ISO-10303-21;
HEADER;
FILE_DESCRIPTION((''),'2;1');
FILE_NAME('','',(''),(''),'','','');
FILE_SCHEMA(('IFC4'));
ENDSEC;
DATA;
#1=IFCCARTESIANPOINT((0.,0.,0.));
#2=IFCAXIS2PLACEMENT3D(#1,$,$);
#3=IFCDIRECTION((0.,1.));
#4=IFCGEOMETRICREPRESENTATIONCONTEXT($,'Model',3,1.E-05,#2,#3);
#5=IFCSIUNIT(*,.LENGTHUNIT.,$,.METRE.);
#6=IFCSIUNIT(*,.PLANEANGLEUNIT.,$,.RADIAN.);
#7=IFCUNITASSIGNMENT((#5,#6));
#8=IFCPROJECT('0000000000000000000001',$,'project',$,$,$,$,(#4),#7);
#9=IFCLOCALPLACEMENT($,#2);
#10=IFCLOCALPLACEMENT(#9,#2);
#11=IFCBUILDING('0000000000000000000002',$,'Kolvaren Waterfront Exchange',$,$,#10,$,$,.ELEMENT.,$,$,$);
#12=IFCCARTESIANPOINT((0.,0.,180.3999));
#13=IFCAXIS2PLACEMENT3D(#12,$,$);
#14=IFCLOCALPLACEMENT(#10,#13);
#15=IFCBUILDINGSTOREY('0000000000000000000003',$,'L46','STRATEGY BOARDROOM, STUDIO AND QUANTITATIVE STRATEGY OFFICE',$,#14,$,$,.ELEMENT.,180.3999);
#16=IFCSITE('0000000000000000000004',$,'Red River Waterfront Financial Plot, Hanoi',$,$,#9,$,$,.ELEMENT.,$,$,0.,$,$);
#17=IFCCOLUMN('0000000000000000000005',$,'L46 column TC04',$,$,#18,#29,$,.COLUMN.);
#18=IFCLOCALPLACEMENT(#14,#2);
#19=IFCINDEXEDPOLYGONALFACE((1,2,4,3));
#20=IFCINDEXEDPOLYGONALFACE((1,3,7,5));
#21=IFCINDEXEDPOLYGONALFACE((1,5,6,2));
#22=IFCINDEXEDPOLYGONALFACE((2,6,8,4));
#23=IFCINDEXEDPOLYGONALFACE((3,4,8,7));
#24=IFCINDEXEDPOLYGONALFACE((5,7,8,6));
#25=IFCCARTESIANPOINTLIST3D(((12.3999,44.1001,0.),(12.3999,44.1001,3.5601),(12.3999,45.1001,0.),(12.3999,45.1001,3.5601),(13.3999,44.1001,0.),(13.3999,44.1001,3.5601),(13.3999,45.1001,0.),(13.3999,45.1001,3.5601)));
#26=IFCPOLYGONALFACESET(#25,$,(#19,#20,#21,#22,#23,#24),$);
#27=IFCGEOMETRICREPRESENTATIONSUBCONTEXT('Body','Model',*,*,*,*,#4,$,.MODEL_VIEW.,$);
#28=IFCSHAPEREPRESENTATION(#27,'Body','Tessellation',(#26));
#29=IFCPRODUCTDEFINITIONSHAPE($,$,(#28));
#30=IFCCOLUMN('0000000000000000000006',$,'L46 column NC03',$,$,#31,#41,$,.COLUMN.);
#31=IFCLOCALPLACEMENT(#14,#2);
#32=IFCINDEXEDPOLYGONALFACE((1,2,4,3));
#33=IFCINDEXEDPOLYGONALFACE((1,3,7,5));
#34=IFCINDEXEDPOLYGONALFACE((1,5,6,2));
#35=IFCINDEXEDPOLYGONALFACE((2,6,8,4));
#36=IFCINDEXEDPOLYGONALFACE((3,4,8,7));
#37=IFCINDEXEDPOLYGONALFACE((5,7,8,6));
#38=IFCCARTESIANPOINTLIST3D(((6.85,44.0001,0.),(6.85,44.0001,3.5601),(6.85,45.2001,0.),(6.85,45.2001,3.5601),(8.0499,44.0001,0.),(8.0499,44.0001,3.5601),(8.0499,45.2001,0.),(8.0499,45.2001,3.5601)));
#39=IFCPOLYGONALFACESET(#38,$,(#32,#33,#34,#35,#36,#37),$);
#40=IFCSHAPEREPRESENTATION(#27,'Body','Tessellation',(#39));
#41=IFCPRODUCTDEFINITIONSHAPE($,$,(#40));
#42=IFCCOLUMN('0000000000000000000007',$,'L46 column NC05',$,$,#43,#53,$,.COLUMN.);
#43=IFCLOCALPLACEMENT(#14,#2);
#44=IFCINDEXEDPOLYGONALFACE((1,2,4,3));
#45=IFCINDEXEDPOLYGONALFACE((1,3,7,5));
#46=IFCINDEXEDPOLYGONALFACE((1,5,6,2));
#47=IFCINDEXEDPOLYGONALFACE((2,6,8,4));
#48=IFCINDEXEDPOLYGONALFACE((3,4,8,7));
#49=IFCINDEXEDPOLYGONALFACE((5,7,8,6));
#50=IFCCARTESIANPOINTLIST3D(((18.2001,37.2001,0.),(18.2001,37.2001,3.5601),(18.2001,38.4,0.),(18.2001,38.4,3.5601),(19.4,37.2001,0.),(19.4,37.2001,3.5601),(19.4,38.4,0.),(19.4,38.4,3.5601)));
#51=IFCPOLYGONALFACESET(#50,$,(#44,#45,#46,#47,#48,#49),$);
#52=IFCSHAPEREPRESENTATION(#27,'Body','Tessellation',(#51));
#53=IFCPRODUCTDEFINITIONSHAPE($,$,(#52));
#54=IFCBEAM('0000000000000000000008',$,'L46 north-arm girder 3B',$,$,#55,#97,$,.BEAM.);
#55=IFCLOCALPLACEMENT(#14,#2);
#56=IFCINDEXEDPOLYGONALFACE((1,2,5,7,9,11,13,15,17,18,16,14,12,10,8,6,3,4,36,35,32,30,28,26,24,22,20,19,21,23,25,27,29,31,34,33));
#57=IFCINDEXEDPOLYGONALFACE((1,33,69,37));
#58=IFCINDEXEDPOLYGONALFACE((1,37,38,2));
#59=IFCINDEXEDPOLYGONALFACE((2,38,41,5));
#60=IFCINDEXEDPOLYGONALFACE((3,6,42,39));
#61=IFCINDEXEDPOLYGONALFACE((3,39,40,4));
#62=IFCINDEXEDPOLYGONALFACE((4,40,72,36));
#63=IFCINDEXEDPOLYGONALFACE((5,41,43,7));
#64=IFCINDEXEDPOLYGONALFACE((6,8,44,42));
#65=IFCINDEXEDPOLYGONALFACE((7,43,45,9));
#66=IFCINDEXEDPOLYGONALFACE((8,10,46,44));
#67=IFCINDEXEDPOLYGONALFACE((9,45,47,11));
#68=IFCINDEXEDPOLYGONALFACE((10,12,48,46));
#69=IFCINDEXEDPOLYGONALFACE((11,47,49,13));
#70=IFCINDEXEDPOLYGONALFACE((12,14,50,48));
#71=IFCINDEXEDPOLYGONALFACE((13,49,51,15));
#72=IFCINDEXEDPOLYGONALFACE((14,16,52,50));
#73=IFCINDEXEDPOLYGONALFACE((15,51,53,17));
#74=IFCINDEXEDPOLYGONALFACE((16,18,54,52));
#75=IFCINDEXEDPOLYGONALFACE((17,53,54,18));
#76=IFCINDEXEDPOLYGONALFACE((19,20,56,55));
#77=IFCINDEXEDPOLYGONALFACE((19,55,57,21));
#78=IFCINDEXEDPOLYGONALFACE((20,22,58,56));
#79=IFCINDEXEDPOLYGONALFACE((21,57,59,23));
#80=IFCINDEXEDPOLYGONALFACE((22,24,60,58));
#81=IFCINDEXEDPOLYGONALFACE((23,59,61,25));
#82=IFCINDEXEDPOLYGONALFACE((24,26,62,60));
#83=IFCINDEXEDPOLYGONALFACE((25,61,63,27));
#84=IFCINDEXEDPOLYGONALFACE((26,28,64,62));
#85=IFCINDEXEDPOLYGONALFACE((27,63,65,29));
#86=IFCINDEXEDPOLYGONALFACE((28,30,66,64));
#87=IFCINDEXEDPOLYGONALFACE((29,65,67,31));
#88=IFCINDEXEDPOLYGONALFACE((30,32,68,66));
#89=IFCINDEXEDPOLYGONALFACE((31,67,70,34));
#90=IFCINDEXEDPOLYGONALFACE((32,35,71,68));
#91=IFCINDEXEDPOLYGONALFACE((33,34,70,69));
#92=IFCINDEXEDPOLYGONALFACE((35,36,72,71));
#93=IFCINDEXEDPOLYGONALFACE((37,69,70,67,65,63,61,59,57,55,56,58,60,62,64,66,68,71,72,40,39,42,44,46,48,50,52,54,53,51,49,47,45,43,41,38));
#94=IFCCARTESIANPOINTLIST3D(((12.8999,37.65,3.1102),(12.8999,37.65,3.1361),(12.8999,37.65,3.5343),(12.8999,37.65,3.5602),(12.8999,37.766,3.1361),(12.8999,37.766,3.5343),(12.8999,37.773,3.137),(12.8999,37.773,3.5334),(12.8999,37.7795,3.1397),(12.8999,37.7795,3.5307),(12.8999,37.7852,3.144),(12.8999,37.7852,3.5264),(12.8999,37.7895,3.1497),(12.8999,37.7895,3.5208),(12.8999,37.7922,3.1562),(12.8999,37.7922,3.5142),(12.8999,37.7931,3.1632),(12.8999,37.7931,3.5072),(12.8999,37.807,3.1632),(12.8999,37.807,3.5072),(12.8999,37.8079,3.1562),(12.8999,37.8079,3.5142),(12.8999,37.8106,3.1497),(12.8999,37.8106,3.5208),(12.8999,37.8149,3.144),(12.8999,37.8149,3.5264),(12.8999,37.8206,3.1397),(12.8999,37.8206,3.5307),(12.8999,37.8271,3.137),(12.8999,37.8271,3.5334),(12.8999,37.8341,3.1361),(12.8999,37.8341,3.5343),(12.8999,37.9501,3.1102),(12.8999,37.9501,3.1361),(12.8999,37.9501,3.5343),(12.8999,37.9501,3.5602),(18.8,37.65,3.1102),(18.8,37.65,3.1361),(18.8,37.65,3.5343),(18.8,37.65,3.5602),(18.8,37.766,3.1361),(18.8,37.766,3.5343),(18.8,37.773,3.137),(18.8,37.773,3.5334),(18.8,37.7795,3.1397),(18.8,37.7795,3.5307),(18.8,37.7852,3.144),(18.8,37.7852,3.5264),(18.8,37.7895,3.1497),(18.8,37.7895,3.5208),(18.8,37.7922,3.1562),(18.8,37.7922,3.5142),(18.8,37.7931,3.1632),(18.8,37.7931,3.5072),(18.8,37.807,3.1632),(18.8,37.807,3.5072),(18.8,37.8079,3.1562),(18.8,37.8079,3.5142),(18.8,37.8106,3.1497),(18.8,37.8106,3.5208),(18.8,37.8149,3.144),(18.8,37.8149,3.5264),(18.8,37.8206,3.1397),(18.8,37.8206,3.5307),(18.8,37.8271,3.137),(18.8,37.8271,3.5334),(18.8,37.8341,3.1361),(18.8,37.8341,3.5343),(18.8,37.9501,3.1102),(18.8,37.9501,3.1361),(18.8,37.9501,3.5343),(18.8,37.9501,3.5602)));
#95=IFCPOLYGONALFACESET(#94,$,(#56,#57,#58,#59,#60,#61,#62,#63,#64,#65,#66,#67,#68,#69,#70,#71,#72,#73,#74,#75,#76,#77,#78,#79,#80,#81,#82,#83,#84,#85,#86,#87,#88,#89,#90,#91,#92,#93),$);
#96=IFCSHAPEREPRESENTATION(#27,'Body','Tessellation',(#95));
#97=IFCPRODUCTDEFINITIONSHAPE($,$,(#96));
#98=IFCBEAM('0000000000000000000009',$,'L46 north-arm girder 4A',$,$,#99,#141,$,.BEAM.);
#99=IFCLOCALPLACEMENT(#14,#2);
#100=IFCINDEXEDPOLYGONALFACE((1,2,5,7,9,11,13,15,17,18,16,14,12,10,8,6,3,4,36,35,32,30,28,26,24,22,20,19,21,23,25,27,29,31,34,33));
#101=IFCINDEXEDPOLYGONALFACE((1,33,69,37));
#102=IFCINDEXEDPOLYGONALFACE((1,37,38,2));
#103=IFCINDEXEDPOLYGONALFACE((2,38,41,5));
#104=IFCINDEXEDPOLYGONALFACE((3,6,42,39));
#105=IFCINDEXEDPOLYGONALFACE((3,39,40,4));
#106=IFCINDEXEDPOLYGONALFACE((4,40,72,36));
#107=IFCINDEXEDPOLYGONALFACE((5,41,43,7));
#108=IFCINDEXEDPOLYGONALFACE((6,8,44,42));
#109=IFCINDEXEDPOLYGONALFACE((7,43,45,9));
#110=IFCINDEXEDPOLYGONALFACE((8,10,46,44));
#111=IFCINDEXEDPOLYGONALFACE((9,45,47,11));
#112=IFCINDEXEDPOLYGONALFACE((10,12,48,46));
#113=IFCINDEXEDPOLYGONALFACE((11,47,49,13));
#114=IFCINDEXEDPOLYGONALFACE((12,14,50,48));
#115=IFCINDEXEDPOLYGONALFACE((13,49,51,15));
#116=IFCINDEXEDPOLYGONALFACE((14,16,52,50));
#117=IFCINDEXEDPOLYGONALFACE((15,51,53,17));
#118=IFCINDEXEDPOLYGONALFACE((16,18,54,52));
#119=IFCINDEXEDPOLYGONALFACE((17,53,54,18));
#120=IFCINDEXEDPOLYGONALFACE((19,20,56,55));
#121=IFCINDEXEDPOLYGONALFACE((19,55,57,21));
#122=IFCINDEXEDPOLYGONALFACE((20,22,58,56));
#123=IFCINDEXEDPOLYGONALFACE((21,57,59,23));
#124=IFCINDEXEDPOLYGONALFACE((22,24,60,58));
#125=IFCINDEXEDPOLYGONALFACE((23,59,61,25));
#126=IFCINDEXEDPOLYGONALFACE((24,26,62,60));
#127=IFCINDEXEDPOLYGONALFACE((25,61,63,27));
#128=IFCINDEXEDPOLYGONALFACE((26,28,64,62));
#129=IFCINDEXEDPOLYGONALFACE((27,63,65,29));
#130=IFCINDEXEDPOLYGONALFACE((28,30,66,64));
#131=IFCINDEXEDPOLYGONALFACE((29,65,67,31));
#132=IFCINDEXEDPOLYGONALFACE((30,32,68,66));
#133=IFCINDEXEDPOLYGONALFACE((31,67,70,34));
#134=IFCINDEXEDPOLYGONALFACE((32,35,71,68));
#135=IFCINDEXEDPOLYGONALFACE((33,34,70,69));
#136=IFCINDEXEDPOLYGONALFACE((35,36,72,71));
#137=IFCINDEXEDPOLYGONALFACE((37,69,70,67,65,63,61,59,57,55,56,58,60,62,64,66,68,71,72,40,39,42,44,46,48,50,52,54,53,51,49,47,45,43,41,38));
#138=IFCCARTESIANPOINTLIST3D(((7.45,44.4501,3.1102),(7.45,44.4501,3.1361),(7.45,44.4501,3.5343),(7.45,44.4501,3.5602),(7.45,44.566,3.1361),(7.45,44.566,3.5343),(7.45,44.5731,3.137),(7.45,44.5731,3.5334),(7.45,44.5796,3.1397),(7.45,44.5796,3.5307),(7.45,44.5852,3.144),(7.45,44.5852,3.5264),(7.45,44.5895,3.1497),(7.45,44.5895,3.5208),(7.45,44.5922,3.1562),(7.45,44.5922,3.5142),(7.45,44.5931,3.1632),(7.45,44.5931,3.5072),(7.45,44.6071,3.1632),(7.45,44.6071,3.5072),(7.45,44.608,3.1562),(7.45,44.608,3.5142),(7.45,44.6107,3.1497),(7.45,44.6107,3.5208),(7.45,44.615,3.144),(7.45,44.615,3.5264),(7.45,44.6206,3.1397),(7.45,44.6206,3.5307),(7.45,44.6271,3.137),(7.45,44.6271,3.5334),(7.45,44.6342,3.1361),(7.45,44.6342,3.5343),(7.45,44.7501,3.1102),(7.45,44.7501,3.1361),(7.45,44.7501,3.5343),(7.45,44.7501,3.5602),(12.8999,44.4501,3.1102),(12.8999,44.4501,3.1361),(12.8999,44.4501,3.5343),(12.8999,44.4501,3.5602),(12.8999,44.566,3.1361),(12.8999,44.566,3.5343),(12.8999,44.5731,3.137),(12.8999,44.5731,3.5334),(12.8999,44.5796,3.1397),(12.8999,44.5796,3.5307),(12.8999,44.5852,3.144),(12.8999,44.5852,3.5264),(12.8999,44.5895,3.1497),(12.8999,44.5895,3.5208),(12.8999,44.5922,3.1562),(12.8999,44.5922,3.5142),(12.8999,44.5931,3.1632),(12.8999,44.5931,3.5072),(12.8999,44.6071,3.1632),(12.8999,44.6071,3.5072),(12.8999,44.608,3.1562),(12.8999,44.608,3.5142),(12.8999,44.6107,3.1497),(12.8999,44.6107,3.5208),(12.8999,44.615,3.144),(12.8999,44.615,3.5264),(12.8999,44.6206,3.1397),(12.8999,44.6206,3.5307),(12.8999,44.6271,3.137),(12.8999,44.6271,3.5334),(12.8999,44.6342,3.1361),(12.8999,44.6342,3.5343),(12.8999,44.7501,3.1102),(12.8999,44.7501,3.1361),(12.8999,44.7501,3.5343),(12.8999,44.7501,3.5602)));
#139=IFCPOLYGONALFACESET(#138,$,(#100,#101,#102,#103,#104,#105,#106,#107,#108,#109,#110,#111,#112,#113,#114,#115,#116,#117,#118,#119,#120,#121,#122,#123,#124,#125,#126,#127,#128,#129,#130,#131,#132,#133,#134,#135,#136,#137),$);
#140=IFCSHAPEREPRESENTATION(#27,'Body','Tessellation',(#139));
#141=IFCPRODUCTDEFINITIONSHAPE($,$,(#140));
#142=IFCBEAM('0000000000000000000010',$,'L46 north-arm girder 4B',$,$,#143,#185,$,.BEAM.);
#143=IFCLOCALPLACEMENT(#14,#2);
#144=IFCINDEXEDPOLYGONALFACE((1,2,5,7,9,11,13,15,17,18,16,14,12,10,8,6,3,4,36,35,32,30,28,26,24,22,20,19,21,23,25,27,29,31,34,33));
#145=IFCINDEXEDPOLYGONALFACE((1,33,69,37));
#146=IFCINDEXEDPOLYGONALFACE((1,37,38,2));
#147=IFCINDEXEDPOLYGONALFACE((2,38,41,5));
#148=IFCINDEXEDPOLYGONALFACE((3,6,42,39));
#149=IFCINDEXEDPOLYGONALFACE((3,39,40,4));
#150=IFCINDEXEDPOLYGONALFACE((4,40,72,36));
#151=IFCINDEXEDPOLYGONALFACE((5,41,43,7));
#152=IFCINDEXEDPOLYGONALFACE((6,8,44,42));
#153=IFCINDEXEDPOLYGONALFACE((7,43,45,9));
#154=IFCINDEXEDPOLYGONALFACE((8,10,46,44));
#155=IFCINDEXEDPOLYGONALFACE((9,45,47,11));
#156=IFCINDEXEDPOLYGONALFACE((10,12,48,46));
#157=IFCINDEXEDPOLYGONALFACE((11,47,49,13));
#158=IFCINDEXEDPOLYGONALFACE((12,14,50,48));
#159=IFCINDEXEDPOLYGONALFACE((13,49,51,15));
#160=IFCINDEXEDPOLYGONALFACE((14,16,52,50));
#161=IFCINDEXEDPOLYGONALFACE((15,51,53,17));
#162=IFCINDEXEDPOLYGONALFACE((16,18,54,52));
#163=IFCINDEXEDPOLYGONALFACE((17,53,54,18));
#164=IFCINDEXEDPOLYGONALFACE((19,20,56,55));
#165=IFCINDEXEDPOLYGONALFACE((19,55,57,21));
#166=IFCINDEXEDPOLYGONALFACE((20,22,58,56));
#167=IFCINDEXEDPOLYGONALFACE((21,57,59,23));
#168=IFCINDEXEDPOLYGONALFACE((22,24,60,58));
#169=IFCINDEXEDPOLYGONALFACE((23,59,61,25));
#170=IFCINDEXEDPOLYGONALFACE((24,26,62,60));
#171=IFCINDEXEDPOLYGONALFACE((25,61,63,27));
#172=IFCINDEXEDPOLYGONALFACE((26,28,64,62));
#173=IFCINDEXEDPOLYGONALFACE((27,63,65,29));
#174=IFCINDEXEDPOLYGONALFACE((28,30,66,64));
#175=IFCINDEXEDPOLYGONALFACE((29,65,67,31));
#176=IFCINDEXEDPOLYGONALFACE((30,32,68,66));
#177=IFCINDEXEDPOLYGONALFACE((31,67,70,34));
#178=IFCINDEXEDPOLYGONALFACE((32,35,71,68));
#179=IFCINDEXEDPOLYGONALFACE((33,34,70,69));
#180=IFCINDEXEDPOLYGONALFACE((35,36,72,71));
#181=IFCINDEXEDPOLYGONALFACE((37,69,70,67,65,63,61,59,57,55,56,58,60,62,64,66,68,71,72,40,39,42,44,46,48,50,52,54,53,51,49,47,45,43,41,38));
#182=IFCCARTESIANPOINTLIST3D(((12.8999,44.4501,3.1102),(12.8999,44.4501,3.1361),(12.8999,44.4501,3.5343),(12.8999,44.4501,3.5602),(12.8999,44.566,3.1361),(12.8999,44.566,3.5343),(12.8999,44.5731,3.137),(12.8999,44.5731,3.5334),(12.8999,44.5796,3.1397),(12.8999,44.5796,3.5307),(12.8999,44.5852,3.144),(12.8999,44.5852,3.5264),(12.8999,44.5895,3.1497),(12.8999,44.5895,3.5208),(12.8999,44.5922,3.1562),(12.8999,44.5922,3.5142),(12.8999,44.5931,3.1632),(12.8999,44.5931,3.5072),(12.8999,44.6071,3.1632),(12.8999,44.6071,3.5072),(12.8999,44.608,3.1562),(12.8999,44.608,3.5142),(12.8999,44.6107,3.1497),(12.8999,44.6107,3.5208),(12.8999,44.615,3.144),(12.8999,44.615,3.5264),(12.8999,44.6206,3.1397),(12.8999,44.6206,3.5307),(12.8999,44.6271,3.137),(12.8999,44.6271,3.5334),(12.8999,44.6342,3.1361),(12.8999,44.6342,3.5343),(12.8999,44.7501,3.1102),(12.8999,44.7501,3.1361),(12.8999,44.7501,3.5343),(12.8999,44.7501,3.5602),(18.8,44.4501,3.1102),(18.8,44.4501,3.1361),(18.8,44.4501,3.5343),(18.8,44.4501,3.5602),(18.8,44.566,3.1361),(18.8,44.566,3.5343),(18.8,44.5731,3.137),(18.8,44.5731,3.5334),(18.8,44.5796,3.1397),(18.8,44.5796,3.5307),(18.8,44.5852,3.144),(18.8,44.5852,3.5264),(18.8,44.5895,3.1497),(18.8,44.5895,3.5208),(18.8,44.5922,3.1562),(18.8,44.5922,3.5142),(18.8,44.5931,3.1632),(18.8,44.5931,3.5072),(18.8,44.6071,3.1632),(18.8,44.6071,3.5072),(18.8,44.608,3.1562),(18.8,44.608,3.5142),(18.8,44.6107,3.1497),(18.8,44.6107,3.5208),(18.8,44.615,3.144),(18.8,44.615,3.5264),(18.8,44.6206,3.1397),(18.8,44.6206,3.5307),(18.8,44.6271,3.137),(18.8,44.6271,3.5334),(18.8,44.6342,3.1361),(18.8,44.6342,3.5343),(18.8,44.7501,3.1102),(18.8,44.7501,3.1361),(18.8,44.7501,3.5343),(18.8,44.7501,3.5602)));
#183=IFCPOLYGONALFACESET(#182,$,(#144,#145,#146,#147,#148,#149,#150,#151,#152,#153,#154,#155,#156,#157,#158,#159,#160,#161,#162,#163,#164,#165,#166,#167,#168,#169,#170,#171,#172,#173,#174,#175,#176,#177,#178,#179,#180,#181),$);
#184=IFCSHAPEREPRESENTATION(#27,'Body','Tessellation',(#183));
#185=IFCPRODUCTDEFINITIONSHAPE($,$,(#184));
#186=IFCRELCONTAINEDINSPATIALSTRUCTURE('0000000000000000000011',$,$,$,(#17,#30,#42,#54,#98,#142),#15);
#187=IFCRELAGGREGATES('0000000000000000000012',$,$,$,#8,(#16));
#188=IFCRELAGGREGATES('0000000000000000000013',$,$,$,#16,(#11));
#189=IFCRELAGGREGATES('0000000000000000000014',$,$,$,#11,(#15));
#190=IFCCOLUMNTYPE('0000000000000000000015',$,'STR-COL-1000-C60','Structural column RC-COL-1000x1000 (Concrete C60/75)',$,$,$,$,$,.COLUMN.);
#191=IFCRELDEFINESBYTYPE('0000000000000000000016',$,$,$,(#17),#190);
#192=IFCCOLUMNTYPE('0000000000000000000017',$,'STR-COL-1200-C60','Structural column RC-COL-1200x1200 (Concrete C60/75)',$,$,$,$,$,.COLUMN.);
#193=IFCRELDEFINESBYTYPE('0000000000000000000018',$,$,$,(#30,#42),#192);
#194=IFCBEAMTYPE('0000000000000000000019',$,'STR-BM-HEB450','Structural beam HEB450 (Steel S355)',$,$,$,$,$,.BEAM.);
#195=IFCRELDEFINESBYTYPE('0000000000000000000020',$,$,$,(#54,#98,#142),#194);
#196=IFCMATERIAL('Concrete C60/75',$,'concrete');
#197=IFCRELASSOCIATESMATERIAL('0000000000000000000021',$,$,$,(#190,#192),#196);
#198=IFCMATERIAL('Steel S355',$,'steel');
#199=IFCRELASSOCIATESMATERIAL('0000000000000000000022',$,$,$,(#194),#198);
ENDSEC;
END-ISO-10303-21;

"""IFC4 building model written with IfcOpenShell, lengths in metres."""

from ifc_helpers import new_model, si_unit, direction, frame, origin, origin_2d, place, context, subcontext, project, spatial, rectangle, i_section, extrude, material, material_profile, profile_set, type_object, element, save


model = new_model("IFC4")

# Units and contexts
model_context = context("Model", 3, precision=1e-05, world=origin(), true_north=direction((0.0, 1.0)))
body_context = subcontext(model_context, "Body", "Model", "MODEL_VIEW")
ifc_project = project(units=[si_unit("LENGTHUNIT", "METRE"), si_unit("PLANEANGLEUNIT", "RADIAN")], contexts=[model_context])

# Site, building, storey
site_placement = place(None, origin())
site = spatial("IfcSite", under=ifc_project, at=site_placement, Name="Red River Waterfront Financial Plot, Hanoi", CompositionType="ELEMENT", RefElevation=0.0)
building_placement = place(site_placement, origin())
building = spatial("IfcBuilding", under=site, at=building_placement, Name="Kolvaren Waterfront Exchange", CompositionType="ELEMENT")
storey_placement = place(building_placement, frame((0.0, 0.0, 180.3999)))
storey = spatial("IfcBuildingStorey", under=building, at=storey_placement, Name="L46", Description="STRATEGY BOARDROOM, STUDIO AND QUANTITATIVE STRATEGY OFFICE", CompositionType="ELEMENT", Elevation=180.3999)

# Columns
ifc_material_1 = material(Name="Concrete C60/75", Category="concrete")
ifc_material_profile_1 = material_profile(ifc_material_1, rectangle(XDim=1.0, YDim=1.0, at=origin_2d()), Name="RC-COL-1000x1000")
ifc_profile_set_1 = profile_set([ifc_material_profile_1], Name="Concrete C60/75")
column_type_1 = type_object("IfcColumnType", Name="STR-COL-1000-C60", Description="Structural column RC-COL-1000x1000 (Concrete C60/75)", PredefinedType="COLUMN", material=ifc_profile_set_1)
column_placement = place(storey_placement, frame((12.8999, 44.6001, 0.0), z_axis=(0.0, 0.0, 1.0), x_axis=(1.0, 0.0, 0.0)))
element("IfcColumn", 1, at=column_placement, inside=storey, type_object=column_type_1, Name="L46 column TC04", PredefinedType="COLUMN", context=body_context, shape_type="SweptSolid", body=[
    extrude(rectangle(XDim=1.0, YDim=1.0, at=origin_2d()), origin(), (0.0, 0.0, 1.0), 3.5601),
])
ifc_material_profile_2 = material_profile(ifc_material_1, rectangle(XDim=1.2, YDim=1.2, at=origin_2d()), Name="RC-COL-1200x1200")
ifc_profile_set_2 = profile_set([ifc_material_profile_2], Name="Concrete C60/75")
column_type_2 = type_object("IfcColumnType", Name="STR-COL-1200-C60", Description="Structural column RC-COL-1200x1200 (Concrete C60/75)", PredefinedType="COLUMN", material=ifc_profile_set_2)
for number, where, z_axis, x_axis, name in (
    (2, (7.45, 44.6001, 0.0), (0.0, 0.0, 1.0), (1.0, 0.0, 0.0), "L46 column NC03"),
    (3, (18.8, 37.8, 0.0), (0.0, 0.0, 1.0), (1.0, 0.0, 0.0), "L46 column NC05"),
):
    element("IfcColumn", number, at=place(storey_placement, frame(where, z_axis=z_axis, x_axis=x_axis)), inside=storey, type_object=column_type_2, Name=name, PredefinedType="COLUMN", context=body_context, shape_type="SweptSolid", body=[
        extrude(rectangle(XDim=1.2, YDim=1.2, at=origin_2d()), origin(), (0.0, 0.0, 1.0), 3.5601),
    ])

# Beams
ifc_material_2 = material(Name="Steel S355", Category="steel")
ifc_material_profile_3 = material_profile(ifc_material_2, i_section(OverallWidth=0.3, OverallDepth=0.45, WebThickness=0.0139, FlangeThickness=0.0259, FilletRadius=0.0271, at=origin_2d()), Name="HEB450")
ifc_profile_set_3 = profile_set([ifc_material_profile_3], Name="Steel S355")
beam_type_1 = type_object("IfcBeamType", Name="STR-BM-HEB450", Description="Structural beam HEB450 (Steel S355)", PredefinedType="BEAM", material=ifc_profile_set_3)
beam_1_placement = place(storey_placement, frame((12.8999, 37.8, 3.3352), z_axis=(1.0, 0.0, 0.0), x_axis=(0.0, 1.0, 0.0)))
element("IfcBeam", 4, at=beam_1_placement, inside=storey, type_object=beam_type_1, Name="L46 north-arm girder 3B", PredefinedType="BEAM", context=body_context, shape_type="SweptSolid", body=[
    extrude(i_section(OverallWidth=0.3, OverallDepth=0.45, WebThickness=0.0139, FlangeThickness=0.0259, FilletRadius=0.0271, at=origin_2d()), origin(), (0.0, 0.0, 1.0), 5.9001),
])
beam_2_placement = place(storey_placement, frame((7.45, 44.6001, 3.3352), z_axis=(1.0, 0.0, 0.0), x_axis=(0.0, 1.0, 0.0)))
element("IfcBeam", 5, at=beam_2_placement, inside=storey, type_object=beam_type_1, Name="L46 north-arm girder 4A", PredefinedType="BEAM", context=body_context, shape_type="SweptSolid", body=[
    extrude(i_section(OverallWidth=0.3, OverallDepth=0.45, WebThickness=0.0139, FlangeThickness=0.0259, FilletRadius=0.0271, at=origin_2d()), origin(), (0.0, 0.0, 1.0), 5.45),
])
beam_3_placement = place(storey_placement, frame((12.8999, 44.6001, 3.3352), z_axis=(1.0, 0.0, 0.0), x_axis=(0.0, 1.0, 0.0)))
element("IfcBeam", 6, at=beam_3_placement, inside=storey, type_object=beam_type_1, Name="L46 north-arm girder 4B", PredefinedType="BEAM", context=body_context, shape_type="SweptSolid", body=[
    extrude(i_section(OverallWidth=0.3, OverallDepth=0.45, WebThickness=0.0139, FlangeThickness=0.0259, FilletRadius=0.0271, at=origin_2d()), origin(), (0.0, 0.0, 1.0), 5.9001),
])

save(model, "model.ifc")
